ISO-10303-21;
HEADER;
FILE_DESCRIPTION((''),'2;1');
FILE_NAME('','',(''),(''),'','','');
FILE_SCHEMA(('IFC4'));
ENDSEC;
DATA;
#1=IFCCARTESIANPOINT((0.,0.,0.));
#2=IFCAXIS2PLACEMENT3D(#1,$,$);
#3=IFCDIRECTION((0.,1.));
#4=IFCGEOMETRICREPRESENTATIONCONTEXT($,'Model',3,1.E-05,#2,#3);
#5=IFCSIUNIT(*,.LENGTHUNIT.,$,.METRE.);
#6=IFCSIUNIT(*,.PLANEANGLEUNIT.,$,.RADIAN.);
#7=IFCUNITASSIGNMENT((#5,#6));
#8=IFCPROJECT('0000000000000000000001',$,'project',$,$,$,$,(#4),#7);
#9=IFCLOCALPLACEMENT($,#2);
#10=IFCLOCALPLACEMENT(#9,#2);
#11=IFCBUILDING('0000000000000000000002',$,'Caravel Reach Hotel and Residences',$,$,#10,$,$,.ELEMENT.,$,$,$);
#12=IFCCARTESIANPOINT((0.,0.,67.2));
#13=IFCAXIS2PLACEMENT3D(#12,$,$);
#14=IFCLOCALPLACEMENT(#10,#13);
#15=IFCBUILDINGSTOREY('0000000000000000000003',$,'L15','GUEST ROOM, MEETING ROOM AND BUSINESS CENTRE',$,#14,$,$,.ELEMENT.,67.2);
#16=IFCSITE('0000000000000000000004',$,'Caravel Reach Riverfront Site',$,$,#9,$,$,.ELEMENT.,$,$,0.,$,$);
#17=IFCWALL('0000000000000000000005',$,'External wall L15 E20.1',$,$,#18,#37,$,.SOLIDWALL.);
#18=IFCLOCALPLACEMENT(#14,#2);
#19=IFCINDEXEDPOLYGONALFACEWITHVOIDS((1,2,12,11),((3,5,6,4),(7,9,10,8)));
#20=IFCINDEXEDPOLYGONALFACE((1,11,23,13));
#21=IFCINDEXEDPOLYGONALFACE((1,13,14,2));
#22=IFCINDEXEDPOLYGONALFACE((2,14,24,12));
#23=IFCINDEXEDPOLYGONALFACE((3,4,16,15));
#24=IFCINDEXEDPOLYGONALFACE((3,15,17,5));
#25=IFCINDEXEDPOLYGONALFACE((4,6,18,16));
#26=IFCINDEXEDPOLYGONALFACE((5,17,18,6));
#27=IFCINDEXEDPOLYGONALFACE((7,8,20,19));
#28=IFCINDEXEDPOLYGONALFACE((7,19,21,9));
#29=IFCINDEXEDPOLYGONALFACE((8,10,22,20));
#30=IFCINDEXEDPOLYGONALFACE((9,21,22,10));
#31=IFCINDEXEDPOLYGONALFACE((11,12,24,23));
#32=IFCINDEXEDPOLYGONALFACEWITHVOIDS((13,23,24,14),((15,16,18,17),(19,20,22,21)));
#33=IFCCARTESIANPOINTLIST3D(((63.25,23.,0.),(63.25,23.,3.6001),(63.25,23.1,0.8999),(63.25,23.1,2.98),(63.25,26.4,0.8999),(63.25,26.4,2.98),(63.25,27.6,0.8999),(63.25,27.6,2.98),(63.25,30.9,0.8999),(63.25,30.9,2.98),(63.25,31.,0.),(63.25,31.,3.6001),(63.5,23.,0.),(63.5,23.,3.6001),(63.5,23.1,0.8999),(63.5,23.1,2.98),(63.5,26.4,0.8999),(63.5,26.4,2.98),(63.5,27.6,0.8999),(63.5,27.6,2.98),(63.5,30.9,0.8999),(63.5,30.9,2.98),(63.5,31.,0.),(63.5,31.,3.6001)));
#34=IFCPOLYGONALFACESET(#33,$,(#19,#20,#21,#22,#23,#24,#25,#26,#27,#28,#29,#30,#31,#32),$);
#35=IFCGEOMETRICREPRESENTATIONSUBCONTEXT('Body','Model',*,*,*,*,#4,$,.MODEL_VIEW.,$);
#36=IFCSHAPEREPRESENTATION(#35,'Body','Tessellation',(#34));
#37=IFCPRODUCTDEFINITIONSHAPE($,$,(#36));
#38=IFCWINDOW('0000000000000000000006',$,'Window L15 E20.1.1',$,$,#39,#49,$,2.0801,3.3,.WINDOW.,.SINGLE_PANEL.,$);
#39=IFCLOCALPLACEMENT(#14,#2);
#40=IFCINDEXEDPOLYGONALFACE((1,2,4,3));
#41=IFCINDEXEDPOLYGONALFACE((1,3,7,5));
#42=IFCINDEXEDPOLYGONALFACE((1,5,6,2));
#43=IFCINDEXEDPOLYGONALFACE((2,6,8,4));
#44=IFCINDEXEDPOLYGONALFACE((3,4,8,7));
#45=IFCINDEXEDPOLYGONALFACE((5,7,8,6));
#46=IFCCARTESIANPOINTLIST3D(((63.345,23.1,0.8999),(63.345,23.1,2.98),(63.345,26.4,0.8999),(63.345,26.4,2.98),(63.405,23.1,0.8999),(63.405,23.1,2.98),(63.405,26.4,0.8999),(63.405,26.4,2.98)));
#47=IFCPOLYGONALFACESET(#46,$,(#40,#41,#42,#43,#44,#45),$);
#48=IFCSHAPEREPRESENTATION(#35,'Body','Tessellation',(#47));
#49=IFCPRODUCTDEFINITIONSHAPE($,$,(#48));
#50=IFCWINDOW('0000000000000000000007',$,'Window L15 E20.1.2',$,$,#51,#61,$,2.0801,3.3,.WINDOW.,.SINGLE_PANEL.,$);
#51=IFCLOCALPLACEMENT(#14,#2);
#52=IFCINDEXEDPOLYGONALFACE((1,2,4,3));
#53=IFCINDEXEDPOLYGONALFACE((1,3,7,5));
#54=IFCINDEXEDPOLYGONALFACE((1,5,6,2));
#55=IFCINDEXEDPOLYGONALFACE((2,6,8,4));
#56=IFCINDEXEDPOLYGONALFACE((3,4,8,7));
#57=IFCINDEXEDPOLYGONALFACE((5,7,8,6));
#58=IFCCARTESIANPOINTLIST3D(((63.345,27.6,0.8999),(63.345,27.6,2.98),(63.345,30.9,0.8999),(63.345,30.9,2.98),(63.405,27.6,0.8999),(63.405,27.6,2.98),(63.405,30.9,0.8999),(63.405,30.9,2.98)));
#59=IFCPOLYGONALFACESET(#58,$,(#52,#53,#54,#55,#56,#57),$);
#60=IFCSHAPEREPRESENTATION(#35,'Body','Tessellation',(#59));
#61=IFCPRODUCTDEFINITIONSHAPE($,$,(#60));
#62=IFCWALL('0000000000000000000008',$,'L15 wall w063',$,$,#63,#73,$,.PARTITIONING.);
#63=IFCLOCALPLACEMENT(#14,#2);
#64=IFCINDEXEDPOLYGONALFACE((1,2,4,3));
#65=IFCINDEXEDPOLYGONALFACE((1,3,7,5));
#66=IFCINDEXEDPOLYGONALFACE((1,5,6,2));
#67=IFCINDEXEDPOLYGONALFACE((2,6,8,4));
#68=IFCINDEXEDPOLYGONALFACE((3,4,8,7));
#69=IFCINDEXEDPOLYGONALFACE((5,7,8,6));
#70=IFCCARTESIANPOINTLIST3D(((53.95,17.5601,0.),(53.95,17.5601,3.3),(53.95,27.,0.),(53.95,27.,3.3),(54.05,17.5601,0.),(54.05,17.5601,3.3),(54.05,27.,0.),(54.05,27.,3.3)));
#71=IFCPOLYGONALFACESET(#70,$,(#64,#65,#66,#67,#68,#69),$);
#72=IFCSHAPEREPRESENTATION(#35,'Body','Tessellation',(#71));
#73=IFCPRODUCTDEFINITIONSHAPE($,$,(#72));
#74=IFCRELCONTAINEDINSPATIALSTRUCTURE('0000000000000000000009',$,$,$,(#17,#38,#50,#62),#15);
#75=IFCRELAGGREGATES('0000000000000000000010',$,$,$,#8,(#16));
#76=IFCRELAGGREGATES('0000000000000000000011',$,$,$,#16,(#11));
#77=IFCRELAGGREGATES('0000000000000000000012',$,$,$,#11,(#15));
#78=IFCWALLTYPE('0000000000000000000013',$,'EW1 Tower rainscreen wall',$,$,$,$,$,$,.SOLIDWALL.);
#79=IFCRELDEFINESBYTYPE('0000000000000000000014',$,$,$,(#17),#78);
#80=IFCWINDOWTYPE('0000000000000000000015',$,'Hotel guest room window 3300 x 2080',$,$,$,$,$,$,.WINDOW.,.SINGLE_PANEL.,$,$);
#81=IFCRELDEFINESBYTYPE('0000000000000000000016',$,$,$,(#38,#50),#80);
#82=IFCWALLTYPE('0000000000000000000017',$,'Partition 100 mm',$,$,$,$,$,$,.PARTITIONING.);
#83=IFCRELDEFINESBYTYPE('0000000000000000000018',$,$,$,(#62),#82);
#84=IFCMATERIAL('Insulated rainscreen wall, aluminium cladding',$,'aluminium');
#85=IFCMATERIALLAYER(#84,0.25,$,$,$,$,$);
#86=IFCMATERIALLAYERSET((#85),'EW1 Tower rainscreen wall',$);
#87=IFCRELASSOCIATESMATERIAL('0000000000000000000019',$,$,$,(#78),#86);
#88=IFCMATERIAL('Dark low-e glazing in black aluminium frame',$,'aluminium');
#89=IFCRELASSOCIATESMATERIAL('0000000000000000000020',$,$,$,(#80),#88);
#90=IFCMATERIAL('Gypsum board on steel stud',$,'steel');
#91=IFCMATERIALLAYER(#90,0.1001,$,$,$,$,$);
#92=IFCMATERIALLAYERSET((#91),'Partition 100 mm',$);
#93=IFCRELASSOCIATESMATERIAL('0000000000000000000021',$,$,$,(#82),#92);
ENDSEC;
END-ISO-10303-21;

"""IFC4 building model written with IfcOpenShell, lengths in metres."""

from ifc_helpers import new_model, si_unit, direction, frame, frame_2d, origin, place, context, subcontext, project, spatial, rectangle, extrude, material, layer, layer_set, type_object, element, fill, save


model = new_model("IFC4")

# Units and contexts
model_context = context("Model", 3, precision=1e-05, world=origin(), true_north=direction((0.0, 1.0)))
body_context = subcontext(model_context, "Body", "Model", "MODEL_VIEW")
ifc_project = project(units=[si_unit("LENGTHUNIT", "METRE"), si_unit("PLANEANGLEUNIT", "RADIAN")], contexts=[model_context])

# Site, building, storey
site_placement = place(None, origin())
site = spatial("IfcSite", under=ifc_project, at=site_placement, Name="Caravel Reach Riverfront Site", CompositionType="ELEMENT", RefElevation=0.0)
building_placement = place(site_placement, origin())
building = spatial("IfcBuilding", under=site, at=building_placement, Name="Caravel Reach Hotel and Residences", CompositionType="ELEMENT")
storey_placement = place(building_placement, frame((0.0, 0.0, 67.2)))
storey = spatial("IfcBuildingStorey", under=building, at=storey_placement, Name="L15", Description="GUEST ROOM, MEETING ROOM AND BUSINESS CENTRE", CompositionType="ELEMENT", Elevation=67.2)

# Shared definitions
ifc_material_1 = material(Name="Insulated rainscreen wall, aluminium cladding", Category="aluminium")
ifc_layer_1 = layer(ifc_material_1, 0.25)
ifc_layer_set_1 = layer_set([ifc_layer_1], Name="EW1 Tower rainscreen wall")
wall_type_1 = type_object("IfcWallType", Name="EW1 Tower rainscreen wall", PredefinedType="SOLIDWALL", material=ifc_layer_set_1)
ifc_material_2 = material(Name="Dark low-e glazing in black aluminium frame", Category="aluminium")
window_type_1 = type_object("IfcWindowType", Name="Hotel guest room window 3300 x 2080", PartitioningType="SINGLE_PANEL", PredefinedType="WINDOW", material=ifc_material_2)

# Wall, openings, windows
wall_1_placement = place(storey_placement, frame((63.375, 23.0, 0.0), z_axis=(0.0, 0.0, 1.0), x_axis=(0.0, 1.0, 0.0)))
wall_1 = element("IfcWall", 1, at=wall_1_placement, inside=storey, type_object=wall_type_1, Name="External wall L15 E20.1", PredefinedType="SOLIDWALL", context=body_context, shape_type="SweptSolid", body=[
    extrude(rectangle(XDim=8.0, YDim=0.25, at=frame_2d((4.0, 0.0))), origin(), (0.0, 0.0, 1.0), 3.6001),
])
opening_1_placement = place(wall_1_placement, frame((0.1001, 0.0, 0.8999)))
opening_1 = element("IfcOpeningElement", 2, at=opening_1_placement, cuts=wall_1, PredefinedType="OPENING", context=body_context, shape_type="SweptSolid", body=[
    extrude(rectangle(XDim=3.3, YDim=2.0801, at=frame_2d((1.6499, 1.04))), frame((0.0, 0.135, 0.0), z_axis=(0.0, -1.0, 0.0), x_axis=(1.0, 0.0, 0.0)), (0.0, 0.0, 1.0), 0.27),
])
opening_2_placement = place(wall_1_placement, frame((4.6001, 0.0, 0.8999)))
opening_2 = element("IfcOpeningElement", 3, at=opening_2_placement, cuts=wall_1, PredefinedType="OPENING", context=body_context, shape_type="SweptSolid", body=[
    extrude(rectangle(XDim=3.3, YDim=2.0801, at=frame_2d((1.6499, 1.04))), frame((0.0, 0.135, 0.0), z_axis=(0.0, -1.0, 0.0), x_axis=(1.0, 0.0, 0.0)), (0.0, 0.0, 1.0), 0.27),
])
window_1_placement = place(opening_1_placement, origin())
window_1 = element("IfcWindow", 4, at=window_1_placement, inside=storey, type_object=window_type_1, Name="Window L15 E20.1.1", OverallHeight=2.0801, OverallWidth=3.3, PartitioningType="SINGLE_PANEL", PredefinedType="WINDOW", context=body_context, shape_type="SweptSolid", body=[
    extrude(rectangle(XDim=3.3, YDim=2.0801, at=frame_2d((1.6499, 1.04))), frame((0.0, 0.03, 0.0), z_axis=(0.0, -1.0, 0.0), x_axis=(1.0, 0.0, 0.0)), (0.0, 0.0, 1.0), 0.0601),
])
fill(opening_1, window_1)
window_2_placement = place(opening_2_placement, origin())
window_2 = element("IfcWindow", 5, at=window_2_placement, inside=storey, type_object=window_type_1, Name="Window L15 E20.1.2", OverallHeight=2.0801, OverallWidth=3.3, PartitioningType="SINGLE_PANEL", PredefinedType="WINDOW", context=body_context, shape_type="SweptSolid", body=[
    extrude(rectangle(XDim=3.3, YDim=2.0801, at=frame_2d((1.6499, 1.04))), frame((0.0, 0.03, 0.0), z_axis=(0.0, -1.0, 0.0), x_axis=(1.0, 0.0, 0.0)), (0.0, 0.0, 1.0), 0.0601),
])
fill(opening_2, window_2)

# Wall
ifc_material_3 = material(Name="Gypsum board on steel stud", Category="steel")
ifc_layer_2 = layer(ifc_material_3, 0.1001)
ifc_layer_set_2 = layer_set([ifc_layer_2], Name="Partition 100 mm")
wall_type_2 = type_object("IfcWallType", Name="Partition 100 mm", PredefinedType="PARTITIONING", material=ifc_layer_set_2)
wall_2_placement = place(storey_placement, frame((54.0, 17.5601, 0.0), z_axis=(0.0, 0.0, 1.0), x_axis=(0.0, 1.0, 0.0)))
element("IfcWall", 6, at=wall_2_placement, inside=storey, type_object=wall_type_2, Name="L15 wall w063", PredefinedType="PARTITIONING", context=body_context, shape_type="SweptSolid", body=[
    extrude(rectangle(XDim=9.4399, YDim=0.1001, at=frame_2d((4.72, 0.0))), origin(), (0.0, 0.0, 1.0), 3.3),
])

save(model, "model.ifc")
